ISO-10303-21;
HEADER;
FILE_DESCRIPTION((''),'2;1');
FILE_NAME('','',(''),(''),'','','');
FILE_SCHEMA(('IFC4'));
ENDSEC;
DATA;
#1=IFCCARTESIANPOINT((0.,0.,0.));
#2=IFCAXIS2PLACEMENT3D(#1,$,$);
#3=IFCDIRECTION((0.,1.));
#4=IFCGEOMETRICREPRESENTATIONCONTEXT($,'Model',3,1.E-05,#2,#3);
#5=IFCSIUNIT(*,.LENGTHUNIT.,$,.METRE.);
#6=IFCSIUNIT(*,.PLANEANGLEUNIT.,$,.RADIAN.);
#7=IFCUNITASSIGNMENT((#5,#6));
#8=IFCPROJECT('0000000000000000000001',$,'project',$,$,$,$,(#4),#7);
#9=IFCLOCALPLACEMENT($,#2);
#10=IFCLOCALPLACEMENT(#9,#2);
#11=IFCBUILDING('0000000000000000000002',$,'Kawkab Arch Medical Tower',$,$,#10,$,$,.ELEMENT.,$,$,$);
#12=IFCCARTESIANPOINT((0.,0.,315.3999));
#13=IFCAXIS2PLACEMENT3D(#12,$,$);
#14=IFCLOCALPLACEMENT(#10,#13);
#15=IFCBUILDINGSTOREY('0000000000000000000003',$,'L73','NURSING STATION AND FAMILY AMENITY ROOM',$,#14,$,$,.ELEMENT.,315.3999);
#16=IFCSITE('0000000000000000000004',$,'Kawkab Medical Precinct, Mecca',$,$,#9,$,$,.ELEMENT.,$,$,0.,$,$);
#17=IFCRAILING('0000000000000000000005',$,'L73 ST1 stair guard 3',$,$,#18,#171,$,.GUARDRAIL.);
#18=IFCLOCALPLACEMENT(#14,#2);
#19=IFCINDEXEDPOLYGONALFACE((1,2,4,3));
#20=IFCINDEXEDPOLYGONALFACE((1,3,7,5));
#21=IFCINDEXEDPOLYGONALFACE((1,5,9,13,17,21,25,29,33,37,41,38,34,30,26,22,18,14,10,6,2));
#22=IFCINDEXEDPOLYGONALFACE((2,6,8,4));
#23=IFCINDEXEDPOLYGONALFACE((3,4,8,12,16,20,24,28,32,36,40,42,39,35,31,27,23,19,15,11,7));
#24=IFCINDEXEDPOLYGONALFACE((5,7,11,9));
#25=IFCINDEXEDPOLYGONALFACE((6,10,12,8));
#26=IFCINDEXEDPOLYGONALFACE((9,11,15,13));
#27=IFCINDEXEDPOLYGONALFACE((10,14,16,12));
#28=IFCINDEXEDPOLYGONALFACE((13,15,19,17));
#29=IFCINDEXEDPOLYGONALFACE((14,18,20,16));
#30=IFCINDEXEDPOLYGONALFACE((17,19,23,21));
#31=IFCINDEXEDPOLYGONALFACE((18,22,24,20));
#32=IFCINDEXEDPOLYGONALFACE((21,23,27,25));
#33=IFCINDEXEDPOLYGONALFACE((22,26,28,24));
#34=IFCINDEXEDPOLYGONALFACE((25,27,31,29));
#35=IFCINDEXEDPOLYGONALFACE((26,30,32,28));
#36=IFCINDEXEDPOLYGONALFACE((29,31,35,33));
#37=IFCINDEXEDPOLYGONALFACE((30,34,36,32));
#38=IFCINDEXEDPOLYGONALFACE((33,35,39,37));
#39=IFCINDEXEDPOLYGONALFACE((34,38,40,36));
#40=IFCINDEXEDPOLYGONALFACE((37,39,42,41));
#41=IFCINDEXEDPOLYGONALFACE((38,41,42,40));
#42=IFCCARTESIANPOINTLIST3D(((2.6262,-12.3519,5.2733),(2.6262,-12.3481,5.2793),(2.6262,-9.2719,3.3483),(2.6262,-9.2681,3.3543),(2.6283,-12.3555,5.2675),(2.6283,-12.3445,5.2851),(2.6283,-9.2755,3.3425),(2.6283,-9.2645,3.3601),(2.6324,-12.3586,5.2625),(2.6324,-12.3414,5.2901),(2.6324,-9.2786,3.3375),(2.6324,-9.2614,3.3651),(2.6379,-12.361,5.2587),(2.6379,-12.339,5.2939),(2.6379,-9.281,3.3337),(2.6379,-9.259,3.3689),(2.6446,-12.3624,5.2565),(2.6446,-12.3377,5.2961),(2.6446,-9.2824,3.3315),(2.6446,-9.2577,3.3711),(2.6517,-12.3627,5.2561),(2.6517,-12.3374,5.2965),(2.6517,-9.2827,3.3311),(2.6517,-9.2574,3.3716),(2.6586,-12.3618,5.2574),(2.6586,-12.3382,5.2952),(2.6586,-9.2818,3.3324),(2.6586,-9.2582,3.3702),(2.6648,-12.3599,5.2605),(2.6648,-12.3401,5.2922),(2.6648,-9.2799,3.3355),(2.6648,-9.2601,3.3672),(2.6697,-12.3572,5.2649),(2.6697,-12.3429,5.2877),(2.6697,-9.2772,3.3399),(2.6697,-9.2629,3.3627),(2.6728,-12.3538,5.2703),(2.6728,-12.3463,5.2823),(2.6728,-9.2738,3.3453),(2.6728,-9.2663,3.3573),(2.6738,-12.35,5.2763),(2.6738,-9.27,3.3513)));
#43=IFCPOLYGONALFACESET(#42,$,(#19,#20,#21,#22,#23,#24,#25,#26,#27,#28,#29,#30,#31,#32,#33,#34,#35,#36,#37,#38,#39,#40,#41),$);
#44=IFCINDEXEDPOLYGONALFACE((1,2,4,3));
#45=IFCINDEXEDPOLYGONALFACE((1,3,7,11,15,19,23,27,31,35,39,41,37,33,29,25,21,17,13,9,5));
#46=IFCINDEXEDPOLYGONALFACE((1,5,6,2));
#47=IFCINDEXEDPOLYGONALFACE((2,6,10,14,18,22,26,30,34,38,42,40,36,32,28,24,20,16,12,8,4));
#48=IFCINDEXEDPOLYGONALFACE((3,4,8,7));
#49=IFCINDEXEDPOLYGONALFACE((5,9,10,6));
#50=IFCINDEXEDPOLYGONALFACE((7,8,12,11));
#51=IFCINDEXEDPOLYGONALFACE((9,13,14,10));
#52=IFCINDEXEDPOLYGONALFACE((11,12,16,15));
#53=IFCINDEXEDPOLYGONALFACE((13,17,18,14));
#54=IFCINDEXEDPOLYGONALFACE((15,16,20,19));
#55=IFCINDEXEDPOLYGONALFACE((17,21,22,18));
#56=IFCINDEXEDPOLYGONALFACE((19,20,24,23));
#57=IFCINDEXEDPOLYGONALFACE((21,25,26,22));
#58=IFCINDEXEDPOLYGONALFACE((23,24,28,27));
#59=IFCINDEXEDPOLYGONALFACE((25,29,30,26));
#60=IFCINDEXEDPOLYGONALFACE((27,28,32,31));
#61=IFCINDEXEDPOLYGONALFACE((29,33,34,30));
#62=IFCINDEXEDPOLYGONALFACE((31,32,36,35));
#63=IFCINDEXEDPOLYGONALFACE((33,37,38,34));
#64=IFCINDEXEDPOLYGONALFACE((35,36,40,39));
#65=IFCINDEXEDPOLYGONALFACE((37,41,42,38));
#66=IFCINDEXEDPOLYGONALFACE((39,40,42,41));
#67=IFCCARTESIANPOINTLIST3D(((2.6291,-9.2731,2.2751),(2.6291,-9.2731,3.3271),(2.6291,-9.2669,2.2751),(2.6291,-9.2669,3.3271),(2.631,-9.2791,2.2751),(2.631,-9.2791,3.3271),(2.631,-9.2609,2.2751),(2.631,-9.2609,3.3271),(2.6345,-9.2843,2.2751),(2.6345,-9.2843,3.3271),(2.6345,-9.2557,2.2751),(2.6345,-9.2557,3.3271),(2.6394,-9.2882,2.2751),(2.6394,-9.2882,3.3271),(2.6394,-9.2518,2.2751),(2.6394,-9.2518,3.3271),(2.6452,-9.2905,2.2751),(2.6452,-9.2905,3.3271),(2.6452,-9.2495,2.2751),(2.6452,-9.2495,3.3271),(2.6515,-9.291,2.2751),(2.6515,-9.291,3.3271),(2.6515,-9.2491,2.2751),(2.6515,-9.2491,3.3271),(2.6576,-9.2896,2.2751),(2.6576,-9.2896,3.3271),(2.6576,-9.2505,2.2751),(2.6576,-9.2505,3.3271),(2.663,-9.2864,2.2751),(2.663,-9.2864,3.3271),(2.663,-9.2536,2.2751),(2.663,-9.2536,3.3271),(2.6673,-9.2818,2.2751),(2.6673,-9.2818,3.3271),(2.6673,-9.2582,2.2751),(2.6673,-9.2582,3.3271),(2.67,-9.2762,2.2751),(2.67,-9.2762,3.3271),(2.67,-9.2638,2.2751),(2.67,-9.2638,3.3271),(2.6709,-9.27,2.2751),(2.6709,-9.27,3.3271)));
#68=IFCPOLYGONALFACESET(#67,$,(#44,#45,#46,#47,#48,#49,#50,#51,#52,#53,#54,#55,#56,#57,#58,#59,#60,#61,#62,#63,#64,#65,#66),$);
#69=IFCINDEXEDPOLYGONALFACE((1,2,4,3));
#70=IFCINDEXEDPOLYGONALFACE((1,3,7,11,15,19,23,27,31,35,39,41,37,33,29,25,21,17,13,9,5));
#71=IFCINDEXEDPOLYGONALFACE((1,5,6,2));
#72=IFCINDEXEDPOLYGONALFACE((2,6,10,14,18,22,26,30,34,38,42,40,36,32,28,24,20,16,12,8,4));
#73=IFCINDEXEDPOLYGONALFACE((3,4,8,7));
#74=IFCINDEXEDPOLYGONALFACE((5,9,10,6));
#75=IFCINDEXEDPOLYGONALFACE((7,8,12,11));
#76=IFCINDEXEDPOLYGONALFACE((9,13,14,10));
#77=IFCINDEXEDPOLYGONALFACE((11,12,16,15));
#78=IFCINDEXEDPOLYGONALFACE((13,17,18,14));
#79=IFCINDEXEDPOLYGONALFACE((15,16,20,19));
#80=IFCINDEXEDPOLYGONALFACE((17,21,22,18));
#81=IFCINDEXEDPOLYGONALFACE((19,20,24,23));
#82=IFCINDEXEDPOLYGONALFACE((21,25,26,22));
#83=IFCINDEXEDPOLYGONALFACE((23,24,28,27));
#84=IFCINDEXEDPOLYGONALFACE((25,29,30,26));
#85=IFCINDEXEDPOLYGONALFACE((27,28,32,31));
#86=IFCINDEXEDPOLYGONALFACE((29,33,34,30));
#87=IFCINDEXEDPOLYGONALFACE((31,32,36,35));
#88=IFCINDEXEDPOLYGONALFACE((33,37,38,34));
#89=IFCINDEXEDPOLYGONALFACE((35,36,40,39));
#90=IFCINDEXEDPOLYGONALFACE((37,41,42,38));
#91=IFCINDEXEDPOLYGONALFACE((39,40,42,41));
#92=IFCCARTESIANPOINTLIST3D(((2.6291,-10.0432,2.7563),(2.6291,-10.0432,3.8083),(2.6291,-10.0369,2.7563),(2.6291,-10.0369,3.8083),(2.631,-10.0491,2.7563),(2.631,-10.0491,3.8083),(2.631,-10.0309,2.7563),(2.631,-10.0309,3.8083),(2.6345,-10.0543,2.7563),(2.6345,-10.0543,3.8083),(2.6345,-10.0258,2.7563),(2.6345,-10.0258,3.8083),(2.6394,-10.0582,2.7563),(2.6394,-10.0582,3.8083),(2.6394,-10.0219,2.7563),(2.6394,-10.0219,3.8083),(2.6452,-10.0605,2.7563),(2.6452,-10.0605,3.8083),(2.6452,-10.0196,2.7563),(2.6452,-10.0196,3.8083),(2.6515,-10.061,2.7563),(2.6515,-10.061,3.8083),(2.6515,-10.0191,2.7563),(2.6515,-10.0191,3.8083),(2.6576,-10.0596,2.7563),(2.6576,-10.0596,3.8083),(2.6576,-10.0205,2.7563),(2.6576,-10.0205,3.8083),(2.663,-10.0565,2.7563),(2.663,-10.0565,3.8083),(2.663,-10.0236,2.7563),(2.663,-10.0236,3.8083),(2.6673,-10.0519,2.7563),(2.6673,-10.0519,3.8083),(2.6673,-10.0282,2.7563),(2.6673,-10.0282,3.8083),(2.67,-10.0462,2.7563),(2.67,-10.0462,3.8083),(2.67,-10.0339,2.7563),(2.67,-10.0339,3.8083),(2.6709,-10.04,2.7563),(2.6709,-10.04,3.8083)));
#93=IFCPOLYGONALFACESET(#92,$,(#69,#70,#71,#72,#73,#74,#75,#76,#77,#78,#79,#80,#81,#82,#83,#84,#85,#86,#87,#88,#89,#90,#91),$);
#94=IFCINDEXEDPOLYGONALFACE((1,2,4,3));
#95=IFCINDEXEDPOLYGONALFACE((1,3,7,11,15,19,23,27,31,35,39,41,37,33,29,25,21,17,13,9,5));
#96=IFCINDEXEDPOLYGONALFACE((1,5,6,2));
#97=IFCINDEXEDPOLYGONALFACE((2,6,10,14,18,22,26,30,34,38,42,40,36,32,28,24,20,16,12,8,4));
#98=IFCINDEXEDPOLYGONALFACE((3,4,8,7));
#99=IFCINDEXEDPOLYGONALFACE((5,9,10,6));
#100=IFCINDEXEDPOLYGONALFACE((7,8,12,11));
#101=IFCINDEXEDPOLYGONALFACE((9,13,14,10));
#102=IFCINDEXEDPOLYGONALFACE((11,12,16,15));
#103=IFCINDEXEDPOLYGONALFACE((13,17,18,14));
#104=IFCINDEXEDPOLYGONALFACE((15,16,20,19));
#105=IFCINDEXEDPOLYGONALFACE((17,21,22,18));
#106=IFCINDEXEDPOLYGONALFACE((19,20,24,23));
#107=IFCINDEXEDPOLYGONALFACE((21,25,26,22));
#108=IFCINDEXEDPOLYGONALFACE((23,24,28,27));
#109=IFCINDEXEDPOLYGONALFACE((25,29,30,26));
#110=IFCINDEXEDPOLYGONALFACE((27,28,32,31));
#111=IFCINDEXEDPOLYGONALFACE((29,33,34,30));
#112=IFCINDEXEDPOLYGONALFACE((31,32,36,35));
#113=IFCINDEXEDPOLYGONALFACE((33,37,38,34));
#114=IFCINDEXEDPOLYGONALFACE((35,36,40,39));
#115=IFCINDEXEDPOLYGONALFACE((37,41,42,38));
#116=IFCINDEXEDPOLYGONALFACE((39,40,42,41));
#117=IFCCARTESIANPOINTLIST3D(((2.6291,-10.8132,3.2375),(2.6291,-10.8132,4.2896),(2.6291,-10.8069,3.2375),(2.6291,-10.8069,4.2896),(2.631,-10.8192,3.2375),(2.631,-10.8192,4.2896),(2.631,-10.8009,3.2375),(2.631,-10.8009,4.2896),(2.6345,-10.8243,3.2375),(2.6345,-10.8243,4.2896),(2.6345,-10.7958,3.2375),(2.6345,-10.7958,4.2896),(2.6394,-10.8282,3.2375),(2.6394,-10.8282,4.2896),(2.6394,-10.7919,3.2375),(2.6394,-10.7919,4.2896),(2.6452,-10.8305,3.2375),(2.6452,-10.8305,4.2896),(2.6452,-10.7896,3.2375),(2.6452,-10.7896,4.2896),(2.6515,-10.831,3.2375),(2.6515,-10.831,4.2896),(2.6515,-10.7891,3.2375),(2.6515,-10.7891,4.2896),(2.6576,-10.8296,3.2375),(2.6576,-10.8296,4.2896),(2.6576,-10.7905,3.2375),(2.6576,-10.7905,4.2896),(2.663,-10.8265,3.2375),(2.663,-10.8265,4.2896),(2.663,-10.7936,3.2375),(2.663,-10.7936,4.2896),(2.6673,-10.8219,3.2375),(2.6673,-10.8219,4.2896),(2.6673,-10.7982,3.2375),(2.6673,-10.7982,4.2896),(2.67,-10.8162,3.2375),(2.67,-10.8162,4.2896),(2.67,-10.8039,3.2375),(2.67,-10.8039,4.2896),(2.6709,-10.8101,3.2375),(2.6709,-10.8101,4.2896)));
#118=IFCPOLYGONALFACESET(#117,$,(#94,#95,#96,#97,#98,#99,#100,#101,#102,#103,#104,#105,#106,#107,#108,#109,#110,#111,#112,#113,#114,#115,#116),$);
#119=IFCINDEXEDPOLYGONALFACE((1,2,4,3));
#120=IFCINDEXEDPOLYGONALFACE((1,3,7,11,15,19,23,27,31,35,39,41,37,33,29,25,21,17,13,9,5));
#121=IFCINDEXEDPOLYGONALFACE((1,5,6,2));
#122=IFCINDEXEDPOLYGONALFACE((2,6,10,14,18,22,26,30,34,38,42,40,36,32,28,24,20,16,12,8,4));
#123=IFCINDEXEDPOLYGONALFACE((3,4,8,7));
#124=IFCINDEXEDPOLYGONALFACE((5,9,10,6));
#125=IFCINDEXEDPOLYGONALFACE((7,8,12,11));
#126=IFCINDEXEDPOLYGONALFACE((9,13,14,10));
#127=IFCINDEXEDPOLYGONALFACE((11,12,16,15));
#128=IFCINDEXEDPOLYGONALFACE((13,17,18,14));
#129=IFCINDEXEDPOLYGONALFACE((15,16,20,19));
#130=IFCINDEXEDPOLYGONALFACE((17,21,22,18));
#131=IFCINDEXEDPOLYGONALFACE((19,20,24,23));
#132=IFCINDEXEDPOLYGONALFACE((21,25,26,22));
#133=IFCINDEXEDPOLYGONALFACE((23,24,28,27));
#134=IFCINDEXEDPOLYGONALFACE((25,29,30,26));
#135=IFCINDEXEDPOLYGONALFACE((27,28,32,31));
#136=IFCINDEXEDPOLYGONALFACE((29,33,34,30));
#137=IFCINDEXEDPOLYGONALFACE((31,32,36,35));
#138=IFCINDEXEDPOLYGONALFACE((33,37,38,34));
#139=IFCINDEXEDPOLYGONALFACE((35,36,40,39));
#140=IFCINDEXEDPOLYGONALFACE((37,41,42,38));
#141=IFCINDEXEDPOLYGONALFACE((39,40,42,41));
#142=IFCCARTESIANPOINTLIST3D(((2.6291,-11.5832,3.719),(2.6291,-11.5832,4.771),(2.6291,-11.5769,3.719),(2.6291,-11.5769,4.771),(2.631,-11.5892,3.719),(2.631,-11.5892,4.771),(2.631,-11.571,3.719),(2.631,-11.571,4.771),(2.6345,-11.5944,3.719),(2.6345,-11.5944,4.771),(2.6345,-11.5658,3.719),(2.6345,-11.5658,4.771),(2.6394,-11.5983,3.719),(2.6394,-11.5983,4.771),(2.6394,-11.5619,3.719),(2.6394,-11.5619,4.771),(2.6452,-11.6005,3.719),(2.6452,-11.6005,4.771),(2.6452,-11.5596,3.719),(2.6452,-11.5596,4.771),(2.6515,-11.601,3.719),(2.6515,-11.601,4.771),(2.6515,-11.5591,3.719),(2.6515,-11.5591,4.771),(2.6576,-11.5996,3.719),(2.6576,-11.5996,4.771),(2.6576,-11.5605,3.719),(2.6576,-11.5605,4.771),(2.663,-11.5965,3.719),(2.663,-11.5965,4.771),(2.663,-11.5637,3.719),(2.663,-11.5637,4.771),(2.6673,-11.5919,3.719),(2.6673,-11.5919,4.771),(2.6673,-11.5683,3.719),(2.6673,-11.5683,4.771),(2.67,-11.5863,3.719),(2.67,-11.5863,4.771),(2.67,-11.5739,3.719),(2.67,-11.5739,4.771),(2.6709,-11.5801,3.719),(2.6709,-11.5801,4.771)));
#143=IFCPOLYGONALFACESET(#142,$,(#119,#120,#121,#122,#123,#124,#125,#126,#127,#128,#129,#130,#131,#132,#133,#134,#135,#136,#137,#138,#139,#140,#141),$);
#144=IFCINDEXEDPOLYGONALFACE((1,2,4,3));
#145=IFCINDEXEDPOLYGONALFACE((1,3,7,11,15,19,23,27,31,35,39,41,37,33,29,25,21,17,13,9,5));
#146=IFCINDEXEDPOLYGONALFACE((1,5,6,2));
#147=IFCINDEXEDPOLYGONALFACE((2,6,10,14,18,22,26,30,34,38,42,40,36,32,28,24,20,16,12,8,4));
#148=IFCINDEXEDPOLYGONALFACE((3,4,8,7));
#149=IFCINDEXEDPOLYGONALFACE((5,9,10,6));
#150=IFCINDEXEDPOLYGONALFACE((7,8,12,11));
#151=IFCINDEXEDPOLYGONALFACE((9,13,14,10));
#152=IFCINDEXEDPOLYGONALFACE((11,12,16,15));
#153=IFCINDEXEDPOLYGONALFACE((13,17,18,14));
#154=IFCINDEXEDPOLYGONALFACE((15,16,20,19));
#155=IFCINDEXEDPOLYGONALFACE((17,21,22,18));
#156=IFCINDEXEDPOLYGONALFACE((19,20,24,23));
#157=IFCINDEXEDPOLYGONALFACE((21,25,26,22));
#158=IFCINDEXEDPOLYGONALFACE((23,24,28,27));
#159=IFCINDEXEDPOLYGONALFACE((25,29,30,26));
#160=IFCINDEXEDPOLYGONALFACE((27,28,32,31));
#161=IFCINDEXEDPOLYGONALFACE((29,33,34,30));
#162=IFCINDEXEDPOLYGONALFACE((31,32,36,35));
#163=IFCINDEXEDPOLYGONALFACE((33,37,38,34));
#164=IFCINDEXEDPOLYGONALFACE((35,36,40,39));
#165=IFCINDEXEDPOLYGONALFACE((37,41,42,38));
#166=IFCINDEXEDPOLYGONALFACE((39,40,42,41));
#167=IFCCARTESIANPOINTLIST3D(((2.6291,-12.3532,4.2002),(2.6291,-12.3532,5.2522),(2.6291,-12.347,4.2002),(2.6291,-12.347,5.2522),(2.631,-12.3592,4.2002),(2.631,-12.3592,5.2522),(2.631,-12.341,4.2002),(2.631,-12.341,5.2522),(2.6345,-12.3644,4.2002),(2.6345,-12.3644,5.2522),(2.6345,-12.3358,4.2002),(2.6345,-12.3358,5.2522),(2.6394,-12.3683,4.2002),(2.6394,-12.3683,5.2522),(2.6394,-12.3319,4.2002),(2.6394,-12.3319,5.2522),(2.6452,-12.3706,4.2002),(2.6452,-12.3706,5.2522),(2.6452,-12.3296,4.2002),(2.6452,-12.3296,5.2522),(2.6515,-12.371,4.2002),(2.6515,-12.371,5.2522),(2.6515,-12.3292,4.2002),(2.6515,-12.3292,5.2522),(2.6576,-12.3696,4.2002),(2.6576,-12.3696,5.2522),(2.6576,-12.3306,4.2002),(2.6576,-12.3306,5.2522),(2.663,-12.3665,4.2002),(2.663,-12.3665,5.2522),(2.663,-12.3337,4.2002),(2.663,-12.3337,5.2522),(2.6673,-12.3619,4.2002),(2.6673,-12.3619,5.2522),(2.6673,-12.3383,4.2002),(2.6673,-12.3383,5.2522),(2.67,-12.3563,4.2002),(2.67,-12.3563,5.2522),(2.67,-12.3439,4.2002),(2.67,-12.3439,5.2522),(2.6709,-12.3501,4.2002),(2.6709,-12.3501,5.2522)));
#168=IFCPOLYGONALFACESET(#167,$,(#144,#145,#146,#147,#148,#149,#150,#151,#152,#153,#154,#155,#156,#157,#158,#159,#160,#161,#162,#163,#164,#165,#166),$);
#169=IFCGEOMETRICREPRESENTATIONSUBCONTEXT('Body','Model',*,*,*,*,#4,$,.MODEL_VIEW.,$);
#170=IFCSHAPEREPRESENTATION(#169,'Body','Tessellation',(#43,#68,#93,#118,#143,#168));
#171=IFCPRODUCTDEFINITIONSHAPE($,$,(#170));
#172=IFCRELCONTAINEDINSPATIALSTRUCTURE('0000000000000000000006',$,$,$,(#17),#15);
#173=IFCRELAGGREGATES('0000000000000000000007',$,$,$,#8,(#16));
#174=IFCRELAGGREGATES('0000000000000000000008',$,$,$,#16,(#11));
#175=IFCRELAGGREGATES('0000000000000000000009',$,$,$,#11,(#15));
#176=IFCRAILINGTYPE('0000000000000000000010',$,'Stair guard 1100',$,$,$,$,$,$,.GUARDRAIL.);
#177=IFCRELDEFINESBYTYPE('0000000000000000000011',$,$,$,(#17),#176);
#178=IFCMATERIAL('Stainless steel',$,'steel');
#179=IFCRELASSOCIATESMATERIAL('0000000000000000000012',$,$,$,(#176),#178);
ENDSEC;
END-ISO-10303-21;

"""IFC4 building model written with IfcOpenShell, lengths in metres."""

from ifc_helpers import new_model, si_unit, direction, frame, origin, origin_2d, place, context, subcontext, project, spatial, circle, extrude, material, type_object, element, save


model = new_model("IFC4")

# Units and contexts
model_context = context("Model", 3, precision=1e-05, world=origin(), true_north=direction((0.0, 1.0)))
body_context = subcontext(model_context, "Body", "Model", "MODEL_VIEW")
ifc_project = project(units=[si_unit("LENGTHUNIT", "METRE"), si_unit("PLANEANGLEUNIT", "RADIAN")], contexts=[model_context])

# Site, building, storey
site_placement = place(None, origin())
site = spatial("IfcSite", under=ifc_project, at=site_placement, Name="Kawkab Medical Precinct, Mecca", CompositionType="ELEMENT", RefElevation=0.0)
building_placement = place(site_placement, origin())
building = spatial("IfcBuilding", under=site, at=building_placement, Name="Kawkab Arch Medical Tower", CompositionType="ELEMENT")
storey_placement = place(building_placement, frame((0.0, 0.0, 315.3999)))
storey = spatial("IfcBuildingStorey", under=building, at=storey_placement, Name="L73", Description="NURSING STATION AND FAMILY AMENITY ROOM", CompositionType="ELEMENT", Elevation=315.3999)

# Railing
ifc_material_1 = material(Name="Stainless steel", Category="steel")
railing_type = type_object("IfcRailingType", Name="Stair guard 1100", PredefinedType="GUARDRAIL", material=ifc_material_1)
railing_1_placement = place(storey_placement, frame((2.6499, -9.27, 2.2751)))
element("IfcRailing", 1, at=railing_1_placement, inside=storey, type_object=railing_type, Name="L73 ST1 stair guard 3", PredefinedType="GUARDRAIL", context=body_context, shape_type="SweptSolid", body=[
    extrude(circle(Radius=0.0239, at=origin_2d()), frame((0.0, 0.0, 1.0762), z_axis=(0.0, -0.847998, 0.529999), x_axis=(1.0, 0.0, 0.0)), (0.0, 0.0, 1.0), 3.6321),
    extrude(circle(Radius=0.021, at=origin_2d()), origin(), (0.0, 0.0, 1.0), 1.052),
    extrude(circle(Radius=0.021, at=origin_2d()), frame((0.0, -0.77, 0.4812)), (0.0, 0.0, 1.0), 1.052),
    extrude(circle(Radius=0.021, at=origin_2d()), frame((0.0, -1.54, 0.9624)), (0.0, 0.0, 1.0), 1.052),
    extrude(circle(Radius=0.021, at=origin_2d()), frame((0.0, -2.3101, 1.4438)), (0.0, 0.0, 1.0), 1.052),
    extrude(circle(Radius=0.021, at=origin_2d()), frame((0.0, -3.0801, 1.925)), (0.0, 0.0, 1.0), 1.052),
])

save(model, "model.ifc")
